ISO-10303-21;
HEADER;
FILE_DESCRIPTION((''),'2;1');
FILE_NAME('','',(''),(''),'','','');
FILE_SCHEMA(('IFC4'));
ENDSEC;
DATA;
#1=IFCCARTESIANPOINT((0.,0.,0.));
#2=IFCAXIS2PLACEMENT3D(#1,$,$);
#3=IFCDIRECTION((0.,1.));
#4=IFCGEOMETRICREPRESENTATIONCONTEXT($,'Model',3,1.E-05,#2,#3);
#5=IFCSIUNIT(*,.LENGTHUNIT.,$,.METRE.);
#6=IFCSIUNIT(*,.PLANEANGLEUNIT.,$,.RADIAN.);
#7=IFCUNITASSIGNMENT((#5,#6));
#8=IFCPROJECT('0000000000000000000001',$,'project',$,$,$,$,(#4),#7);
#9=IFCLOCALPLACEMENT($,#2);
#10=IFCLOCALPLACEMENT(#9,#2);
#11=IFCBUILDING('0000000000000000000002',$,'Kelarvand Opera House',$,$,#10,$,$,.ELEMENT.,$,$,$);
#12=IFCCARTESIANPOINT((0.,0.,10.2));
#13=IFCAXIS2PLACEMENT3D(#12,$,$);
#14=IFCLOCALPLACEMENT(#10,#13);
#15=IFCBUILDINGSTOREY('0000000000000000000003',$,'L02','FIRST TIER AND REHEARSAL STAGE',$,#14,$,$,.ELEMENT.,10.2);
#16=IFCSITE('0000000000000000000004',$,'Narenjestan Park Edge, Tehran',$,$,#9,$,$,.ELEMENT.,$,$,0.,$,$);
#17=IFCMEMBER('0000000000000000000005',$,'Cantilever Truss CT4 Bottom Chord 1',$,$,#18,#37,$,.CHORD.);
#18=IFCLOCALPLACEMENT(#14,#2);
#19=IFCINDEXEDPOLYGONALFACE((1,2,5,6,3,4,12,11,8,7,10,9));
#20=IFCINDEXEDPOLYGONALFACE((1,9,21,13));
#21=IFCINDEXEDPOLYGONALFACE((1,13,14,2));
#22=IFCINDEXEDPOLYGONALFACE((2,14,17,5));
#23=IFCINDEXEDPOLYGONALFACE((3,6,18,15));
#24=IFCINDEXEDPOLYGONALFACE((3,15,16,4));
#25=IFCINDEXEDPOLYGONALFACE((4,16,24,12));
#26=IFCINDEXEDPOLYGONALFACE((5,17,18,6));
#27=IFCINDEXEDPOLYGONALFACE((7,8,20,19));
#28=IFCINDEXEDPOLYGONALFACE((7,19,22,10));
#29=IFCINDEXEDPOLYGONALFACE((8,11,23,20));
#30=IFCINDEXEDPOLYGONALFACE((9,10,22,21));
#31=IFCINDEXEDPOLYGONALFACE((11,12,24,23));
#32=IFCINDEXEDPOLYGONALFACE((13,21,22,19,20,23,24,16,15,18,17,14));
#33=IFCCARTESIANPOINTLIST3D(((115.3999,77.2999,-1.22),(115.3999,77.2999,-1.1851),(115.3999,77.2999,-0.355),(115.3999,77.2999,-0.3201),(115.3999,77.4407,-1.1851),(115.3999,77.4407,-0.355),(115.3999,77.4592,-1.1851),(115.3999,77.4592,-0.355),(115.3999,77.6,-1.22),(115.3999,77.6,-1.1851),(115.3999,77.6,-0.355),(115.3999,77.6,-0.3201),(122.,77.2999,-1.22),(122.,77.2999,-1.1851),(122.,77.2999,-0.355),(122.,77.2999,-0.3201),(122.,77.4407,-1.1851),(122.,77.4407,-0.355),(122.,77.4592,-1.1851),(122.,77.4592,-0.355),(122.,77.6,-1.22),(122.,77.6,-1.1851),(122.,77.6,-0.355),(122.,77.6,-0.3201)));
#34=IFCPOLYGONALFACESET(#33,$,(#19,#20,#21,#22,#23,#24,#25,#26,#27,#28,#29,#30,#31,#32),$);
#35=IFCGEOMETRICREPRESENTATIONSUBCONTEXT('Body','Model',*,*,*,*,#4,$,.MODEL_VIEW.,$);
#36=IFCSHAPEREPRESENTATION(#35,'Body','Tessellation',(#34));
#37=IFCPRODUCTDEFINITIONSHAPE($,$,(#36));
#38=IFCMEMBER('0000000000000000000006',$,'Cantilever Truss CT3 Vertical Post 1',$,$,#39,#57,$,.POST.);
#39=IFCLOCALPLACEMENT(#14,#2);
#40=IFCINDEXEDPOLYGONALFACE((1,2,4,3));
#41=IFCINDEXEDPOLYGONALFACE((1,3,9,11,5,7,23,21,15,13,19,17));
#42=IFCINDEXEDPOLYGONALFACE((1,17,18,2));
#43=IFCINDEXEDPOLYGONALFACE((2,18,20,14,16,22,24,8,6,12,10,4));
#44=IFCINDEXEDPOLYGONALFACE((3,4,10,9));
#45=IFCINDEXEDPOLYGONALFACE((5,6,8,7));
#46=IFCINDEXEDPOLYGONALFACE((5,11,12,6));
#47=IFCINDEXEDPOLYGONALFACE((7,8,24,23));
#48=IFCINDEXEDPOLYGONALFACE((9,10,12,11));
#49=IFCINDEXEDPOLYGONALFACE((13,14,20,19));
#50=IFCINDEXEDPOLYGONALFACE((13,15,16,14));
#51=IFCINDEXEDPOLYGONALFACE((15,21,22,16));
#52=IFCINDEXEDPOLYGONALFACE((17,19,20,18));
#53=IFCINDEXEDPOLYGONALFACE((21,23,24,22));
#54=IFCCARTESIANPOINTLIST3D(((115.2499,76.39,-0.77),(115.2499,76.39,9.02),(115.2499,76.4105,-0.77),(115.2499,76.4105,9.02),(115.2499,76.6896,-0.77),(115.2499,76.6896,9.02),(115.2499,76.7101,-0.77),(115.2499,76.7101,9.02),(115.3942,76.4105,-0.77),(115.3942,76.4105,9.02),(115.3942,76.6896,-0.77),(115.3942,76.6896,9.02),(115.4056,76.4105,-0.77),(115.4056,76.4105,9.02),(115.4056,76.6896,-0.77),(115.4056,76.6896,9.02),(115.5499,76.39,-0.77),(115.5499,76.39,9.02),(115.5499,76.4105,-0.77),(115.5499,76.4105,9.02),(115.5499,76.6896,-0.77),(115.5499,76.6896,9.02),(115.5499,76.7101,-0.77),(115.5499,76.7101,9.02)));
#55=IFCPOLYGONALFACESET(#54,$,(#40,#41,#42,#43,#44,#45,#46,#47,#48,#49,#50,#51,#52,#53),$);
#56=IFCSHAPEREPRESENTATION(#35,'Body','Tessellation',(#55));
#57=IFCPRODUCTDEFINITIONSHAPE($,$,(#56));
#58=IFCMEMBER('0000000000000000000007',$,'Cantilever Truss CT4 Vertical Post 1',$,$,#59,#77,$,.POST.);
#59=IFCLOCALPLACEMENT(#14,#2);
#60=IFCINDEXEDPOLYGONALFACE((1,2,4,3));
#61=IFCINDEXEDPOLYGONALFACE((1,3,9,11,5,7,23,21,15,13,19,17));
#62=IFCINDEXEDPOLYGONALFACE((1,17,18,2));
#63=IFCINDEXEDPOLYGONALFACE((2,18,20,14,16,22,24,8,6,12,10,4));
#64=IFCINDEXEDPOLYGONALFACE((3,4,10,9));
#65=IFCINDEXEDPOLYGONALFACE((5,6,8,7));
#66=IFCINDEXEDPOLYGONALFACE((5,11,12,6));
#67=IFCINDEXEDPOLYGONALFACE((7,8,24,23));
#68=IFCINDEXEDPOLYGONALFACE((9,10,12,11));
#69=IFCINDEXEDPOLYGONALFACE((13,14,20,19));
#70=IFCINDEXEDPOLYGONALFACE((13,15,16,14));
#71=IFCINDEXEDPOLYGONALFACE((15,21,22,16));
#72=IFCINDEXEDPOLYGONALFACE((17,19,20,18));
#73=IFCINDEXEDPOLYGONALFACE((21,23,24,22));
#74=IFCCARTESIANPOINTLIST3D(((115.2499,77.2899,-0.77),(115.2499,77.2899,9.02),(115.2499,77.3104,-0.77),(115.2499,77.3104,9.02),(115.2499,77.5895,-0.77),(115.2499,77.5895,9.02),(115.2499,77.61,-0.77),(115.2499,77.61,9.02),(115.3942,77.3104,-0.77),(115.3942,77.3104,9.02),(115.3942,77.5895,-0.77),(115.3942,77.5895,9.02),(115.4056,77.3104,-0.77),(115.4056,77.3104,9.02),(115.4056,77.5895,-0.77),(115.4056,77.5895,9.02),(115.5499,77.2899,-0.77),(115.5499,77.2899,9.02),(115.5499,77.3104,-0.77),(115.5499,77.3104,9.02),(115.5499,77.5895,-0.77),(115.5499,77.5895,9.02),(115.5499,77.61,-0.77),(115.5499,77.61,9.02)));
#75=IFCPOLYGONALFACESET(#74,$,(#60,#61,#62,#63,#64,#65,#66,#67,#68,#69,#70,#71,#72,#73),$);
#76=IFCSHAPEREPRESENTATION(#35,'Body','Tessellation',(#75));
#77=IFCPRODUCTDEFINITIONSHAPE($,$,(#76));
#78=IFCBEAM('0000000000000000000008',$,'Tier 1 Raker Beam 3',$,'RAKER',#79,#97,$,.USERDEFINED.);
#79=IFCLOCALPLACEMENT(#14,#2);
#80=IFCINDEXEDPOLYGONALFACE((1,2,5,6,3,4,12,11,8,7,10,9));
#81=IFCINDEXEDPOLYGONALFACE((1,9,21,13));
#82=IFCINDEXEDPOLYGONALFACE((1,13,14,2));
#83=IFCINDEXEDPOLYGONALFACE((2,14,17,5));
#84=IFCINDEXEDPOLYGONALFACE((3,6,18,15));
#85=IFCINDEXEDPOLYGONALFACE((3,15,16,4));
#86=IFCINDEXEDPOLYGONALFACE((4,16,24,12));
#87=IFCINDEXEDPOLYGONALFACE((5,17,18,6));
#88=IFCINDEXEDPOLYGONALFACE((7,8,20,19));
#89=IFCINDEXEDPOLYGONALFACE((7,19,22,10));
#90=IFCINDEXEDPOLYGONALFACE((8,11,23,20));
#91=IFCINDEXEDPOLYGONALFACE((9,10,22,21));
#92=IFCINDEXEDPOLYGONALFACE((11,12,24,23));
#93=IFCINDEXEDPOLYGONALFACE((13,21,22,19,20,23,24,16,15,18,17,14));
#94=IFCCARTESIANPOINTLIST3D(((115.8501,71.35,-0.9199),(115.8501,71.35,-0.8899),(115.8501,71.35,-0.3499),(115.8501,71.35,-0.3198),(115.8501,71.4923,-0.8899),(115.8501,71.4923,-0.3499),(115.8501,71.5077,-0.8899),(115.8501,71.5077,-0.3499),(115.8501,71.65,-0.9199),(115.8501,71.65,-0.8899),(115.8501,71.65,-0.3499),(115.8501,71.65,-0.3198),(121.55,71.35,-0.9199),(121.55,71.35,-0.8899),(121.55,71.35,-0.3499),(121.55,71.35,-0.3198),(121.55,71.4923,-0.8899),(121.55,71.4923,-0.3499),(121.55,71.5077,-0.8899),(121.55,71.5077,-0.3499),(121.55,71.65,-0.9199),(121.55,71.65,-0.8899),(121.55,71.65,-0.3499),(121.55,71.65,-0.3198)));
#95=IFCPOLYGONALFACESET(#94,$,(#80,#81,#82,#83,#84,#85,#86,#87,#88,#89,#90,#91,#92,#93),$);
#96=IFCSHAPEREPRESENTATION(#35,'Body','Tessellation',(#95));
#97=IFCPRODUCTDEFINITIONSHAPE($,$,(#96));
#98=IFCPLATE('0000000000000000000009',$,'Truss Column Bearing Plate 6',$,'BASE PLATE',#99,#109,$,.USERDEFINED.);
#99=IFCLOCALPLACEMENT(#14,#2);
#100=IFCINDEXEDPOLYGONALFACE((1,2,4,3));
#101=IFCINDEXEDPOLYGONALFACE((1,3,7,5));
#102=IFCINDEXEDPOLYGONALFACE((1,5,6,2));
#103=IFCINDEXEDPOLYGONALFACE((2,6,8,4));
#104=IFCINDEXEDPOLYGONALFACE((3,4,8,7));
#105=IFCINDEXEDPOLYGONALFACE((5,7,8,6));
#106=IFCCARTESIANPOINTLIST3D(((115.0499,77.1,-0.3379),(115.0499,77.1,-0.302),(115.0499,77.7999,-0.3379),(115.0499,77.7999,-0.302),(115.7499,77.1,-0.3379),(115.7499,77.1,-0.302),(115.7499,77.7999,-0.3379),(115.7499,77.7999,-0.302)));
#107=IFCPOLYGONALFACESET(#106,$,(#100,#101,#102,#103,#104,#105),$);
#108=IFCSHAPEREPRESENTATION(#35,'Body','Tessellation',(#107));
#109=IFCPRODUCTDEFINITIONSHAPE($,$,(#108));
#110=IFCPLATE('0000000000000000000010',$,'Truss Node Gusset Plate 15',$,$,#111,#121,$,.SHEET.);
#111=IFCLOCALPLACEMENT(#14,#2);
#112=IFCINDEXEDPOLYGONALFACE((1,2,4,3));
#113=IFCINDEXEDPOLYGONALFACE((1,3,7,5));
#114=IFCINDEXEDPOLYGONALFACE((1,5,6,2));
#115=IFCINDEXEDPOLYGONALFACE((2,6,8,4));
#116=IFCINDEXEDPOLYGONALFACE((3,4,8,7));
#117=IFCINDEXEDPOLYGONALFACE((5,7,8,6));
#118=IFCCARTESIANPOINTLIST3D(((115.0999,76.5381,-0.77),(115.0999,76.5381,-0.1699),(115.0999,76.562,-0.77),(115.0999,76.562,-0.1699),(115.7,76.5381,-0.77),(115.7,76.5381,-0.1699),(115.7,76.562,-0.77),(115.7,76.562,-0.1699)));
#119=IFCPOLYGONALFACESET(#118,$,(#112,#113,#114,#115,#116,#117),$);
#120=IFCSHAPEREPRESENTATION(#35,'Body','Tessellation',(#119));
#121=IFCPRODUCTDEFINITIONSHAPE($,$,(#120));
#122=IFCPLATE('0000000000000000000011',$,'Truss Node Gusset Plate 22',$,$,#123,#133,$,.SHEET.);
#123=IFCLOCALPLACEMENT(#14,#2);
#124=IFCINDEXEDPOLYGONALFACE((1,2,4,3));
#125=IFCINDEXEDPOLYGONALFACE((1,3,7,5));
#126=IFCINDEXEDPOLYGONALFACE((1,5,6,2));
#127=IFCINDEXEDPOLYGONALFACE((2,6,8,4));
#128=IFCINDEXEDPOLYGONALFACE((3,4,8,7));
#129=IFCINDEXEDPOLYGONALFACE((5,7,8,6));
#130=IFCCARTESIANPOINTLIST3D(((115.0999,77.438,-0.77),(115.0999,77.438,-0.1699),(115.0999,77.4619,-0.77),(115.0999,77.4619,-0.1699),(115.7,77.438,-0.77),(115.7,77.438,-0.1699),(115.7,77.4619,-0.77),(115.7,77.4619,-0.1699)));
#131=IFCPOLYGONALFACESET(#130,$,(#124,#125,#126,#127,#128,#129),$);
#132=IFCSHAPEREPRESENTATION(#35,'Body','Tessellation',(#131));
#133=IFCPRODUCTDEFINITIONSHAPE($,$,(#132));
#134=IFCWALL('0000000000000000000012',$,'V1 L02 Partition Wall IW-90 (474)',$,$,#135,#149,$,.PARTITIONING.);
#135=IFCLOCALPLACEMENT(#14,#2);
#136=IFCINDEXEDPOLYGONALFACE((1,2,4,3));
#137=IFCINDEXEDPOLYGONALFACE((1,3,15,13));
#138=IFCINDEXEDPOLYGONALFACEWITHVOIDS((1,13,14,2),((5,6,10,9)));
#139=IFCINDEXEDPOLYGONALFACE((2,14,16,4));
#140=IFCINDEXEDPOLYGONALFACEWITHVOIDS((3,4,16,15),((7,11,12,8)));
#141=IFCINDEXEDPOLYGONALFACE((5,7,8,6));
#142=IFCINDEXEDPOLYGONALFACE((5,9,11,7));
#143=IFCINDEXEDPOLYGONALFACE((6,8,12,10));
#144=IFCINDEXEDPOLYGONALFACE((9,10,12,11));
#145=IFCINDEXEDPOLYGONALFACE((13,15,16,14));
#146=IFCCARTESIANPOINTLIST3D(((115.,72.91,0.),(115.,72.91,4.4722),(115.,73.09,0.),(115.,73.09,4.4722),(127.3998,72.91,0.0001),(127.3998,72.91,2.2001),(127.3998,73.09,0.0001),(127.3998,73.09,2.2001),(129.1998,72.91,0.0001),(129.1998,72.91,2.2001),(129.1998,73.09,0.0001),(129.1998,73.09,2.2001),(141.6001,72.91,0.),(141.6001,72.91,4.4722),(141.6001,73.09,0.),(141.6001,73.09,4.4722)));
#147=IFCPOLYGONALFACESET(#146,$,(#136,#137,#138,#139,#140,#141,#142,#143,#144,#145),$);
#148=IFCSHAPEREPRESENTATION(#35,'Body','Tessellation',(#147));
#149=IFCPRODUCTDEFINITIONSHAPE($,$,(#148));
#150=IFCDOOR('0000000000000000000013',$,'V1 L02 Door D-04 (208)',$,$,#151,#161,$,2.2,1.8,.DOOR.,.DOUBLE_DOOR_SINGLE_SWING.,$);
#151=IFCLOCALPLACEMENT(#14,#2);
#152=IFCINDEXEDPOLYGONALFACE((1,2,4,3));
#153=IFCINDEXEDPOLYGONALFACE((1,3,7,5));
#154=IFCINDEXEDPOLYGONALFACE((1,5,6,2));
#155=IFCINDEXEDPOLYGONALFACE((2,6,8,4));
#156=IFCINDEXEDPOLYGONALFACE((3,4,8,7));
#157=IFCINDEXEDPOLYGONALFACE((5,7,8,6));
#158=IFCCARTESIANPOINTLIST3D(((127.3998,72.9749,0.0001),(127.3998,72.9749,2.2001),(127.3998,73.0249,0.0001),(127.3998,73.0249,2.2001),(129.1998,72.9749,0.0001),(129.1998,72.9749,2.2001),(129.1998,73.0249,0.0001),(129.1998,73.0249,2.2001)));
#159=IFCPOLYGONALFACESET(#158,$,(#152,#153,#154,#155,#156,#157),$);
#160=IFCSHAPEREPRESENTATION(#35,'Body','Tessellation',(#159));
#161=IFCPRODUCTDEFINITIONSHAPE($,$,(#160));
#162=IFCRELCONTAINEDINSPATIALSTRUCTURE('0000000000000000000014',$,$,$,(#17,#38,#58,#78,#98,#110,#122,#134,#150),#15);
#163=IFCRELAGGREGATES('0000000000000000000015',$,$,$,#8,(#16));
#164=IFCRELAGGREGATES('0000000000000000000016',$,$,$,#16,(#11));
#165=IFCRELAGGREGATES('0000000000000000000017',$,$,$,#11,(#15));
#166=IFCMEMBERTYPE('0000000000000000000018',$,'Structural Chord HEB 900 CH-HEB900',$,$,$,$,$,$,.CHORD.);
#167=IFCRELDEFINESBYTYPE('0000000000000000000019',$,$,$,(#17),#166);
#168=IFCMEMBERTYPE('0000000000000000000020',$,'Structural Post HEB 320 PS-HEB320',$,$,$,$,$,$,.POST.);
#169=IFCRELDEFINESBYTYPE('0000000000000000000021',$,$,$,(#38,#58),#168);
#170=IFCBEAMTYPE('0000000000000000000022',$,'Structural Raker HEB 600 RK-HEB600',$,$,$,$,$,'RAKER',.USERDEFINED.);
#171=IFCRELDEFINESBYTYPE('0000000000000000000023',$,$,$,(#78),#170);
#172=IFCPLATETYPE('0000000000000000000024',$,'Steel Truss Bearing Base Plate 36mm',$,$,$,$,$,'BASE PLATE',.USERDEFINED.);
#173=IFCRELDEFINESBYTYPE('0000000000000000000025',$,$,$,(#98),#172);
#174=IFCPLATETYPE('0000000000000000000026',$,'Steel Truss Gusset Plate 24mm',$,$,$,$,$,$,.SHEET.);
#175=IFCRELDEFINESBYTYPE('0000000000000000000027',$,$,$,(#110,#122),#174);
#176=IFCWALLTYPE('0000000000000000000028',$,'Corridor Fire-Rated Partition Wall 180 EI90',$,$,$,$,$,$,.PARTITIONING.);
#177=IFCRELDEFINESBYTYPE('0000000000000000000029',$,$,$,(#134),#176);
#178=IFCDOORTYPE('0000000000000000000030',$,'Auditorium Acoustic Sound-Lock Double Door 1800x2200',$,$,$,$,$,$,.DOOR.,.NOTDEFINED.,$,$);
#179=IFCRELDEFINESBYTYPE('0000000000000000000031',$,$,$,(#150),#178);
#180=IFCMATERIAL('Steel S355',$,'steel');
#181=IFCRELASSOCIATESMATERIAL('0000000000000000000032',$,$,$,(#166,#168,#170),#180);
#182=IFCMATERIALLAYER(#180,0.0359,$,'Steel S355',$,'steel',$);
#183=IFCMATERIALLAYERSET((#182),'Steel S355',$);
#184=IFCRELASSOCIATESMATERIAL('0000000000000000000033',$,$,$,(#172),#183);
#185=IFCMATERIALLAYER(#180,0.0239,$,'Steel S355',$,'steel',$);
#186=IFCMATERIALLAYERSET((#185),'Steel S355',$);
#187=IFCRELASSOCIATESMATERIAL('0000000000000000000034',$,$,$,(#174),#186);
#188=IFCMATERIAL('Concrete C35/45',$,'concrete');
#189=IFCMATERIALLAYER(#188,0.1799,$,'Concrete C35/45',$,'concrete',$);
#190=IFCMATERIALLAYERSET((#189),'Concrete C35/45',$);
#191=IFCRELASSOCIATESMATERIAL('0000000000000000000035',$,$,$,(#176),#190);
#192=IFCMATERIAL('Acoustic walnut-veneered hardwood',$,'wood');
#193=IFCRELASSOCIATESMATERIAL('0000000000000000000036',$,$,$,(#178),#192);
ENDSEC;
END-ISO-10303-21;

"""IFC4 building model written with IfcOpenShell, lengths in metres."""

from ifc_helpers import new_model, si_unit, direction, frame, frame_2d, origin, origin_2d, place, context, subcontext, project, spatial, rectangle, i_section, extrude, material, layer, layer_set, material_profile, profile_set, type_object, element, fill, save


model = new_model("IFC4")

# Units and contexts
model_context = context("Model", 3, precision=1e-05, world=origin(), true_north=direction((0.0, 1.0)))
body_context = subcontext(model_context, "Body", "Model", "MODEL_VIEW")
ifc_project = project(units=[si_unit("LENGTHUNIT", "METRE"), si_unit("PLANEANGLEUNIT", "RADIAN")], contexts=[model_context])

# Site, building, storey
site_placement = place(None, origin())
site = spatial("IfcSite", under=ifc_project, at=site_placement, Name="Narenjestan Park Edge, Tehran", CompositionType="ELEMENT", RefElevation=0.0)
building_placement = place(site_placement, origin())
building = spatial("IfcBuilding", under=site, at=building_placement, Name="Kelarvand Opera House", CompositionType="ELEMENT")
storey_placement = place(building_placement, frame((0.0, 0.0, 10.2)))
storey = spatial("IfcBuildingStorey", under=building, at=storey_placement, Name="L02", Description="FIRST TIER AND REHEARSAL STAGE", CompositionType="ELEMENT", Elevation=10.2)

# Members
ifc_material_1 = material(Name="Steel S355", Category="steel")
ifc_material_profile_1 = material_profile(ifc_material_1, i_section(OverallWidth=0.3, OverallDepth=0.8999, WebThickness=0.0186, FlangeThickness=0.0349, at=origin_2d()), Name="HEB 900", Category="steel")
ifc_profile_set_1 = profile_set([ifc_material_profile_1], Name="Steel S355")
member_type_1 = type_object("IfcMemberType", Name="Structural Chord HEB 900 CH-HEB900", PredefinedType="CHORD", material=ifc_profile_set_1)
for number, where, z_axis, x_axis, name in (
    (1, (115.3999, 77.45, -0.77), (1.0, 0.0, 0.0), (0.0, 1.0, 0.0), "Cantilever Truss CT4 Bottom Chord 1"),
):
    element("IfcMember", number, at=place(storey_placement, frame(where, z_axis=z_axis, x_axis=x_axis)), inside=storey, type_object=member_type_1, Name=name, PredefinedType="CHORD", context=body_context, shape_type="SweptSolid", body=[
        extrude(i_section(OverallWidth=0.3, OverallDepth=0.8999, WebThickness=0.0186, FlangeThickness=0.0349, at=origin_2d()), origin(), (0.0, 0.0, 1.0), 6.6001),
    ])
ifc_material_profile_2 = material_profile(ifc_material_1, i_section(OverallWidth=0.3, OverallDepth=0.3201, WebThickness=0.0115, FlangeThickness=0.0205, at=origin_2d()), Name="HEB 320", Category="steel")
ifc_profile_set_2 = profile_set([ifc_material_profile_2], Name="Steel S355")
member_type_2 = type_object("IfcMemberType", Name="Structural Post HEB 320 PS-HEB320", PredefinedType="POST", material=ifc_profile_set_2)
for number, where, z_axis, x_axis, name in (
    (2, (115.3999, 76.55, -0.77), (0.0, 0.0, 1.0), (1.0, 0.0, 0.0), "Cantilever Truss CT3 Vertical Post 1"),
    (3, (115.3999, 77.45, -0.77), (0.0, 0.0, 1.0), (1.0, 0.0, 0.0), "Cantilever Truss CT4 Vertical Post 1"),
):
    element("IfcMember", number, at=place(storey_placement, frame(where, z_axis=z_axis, x_axis=x_axis)), inside=storey, type_object=member_type_2, Name=name, PredefinedType="POST", context=body_context, shape_type="SweptSolid", body=[
        extrude(i_section(OverallWidth=0.3, OverallDepth=0.3201, WebThickness=0.0115, FlangeThickness=0.0205, at=origin_2d()), origin(), (0.0, 0.0, 1.0), 9.79),
    ])

# Beam
ifc_material_profile_3 = material_profile(ifc_material_1, i_section(OverallWidth=0.3, OverallDepth=0.6001, WebThickness=0.0154, FlangeThickness=0.03, at=origin_2d()), Name="HEB 600", Category="steel")
ifc_profile_set_3 = profile_set([ifc_material_profile_3], Name="Steel S355")
beam_type_1 = type_object("IfcBeamType", Name="Structural Raker HEB 600 RK-HEB600", ElementType="RAKER", PredefinedType="USERDEFINED", material=ifc_profile_set_3)
beam_1_placement = place(storey_placement, frame((115.8501, 71.5, -0.6199), z_axis=(1.0, 0.0, 0.0), x_axis=(0.0, 1.0, 0.0)))
element("IfcBeam", 4, at=beam_1_placement, inside=storey, type_object=beam_type_1, Name="Tier 1 Raker Beam 3", ObjectType="RAKER", PredefinedType="USERDEFINED", context=body_context, shape_type="SweptSolid", body=[
    extrude(i_section(OverallWidth=0.3, OverallDepth=0.6001, WebThickness=0.0154, FlangeThickness=0.03, at=origin_2d()), origin(), (0.0, 0.0, 1.0), 5.7),
])

# Plates
ifc_layer_1 = layer(ifc_material_1, 0.0359, Name="Steel S355", Category="steel")
ifc_layer_set_1 = layer_set([ifc_layer_1], Name="Steel S355")
plate_type_1 = type_object("IfcPlateType", Name="Steel Truss Bearing Base Plate 36mm", ElementType="BASE PLATE", PredefinedType="USERDEFINED", material=ifc_layer_set_1)
plate_placement = place(storey_placement, frame((115.3999, 77.45, -0.3379), z_axis=(0.0, 0.0, 1.0), x_axis=(1.0, 0.0, 0.0)))
element("IfcPlate", 5, at=plate_placement, inside=storey, type_object=plate_type_1, Name="Truss Column Bearing Plate 6", ObjectType="BASE PLATE", PredefinedType="USERDEFINED", context=body_context, shape_type="SweptSolid", body=[
    extrude(rectangle(XDim=0.7, YDim=0.7, at=origin_2d()), origin(), (0.0, 0.0, 1.0), 0.0359),
])
ifc_layer_2 = layer(ifc_material_1, 0.0239, Name="Steel S355", Category="steel")
ifc_layer_set_2 = layer_set([ifc_layer_2], Name="Steel S355")
plate_type_2 = type_object("IfcPlateType", Name="Steel Truss Gusset Plate 24mm", PredefinedType="SHEET", material=ifc_layer_set_2)
for number, where, z_axis, x_axis, name in (
    (6, (115.3999, 76.55, -0.77), (0.0, 0.0, 1.0), (1.0, 0.0, 0.0), "Truss Node Gusset Plate 15"),
    (7, (115.3999, 77.45, -0.77), (0.0, 0.0, 1.0), (1.0, 0.0, 0.0), "Truss Node Gusset Plate 22"),
):
    element("IfcPlate", number, at=place(storey_placement, frame(where, z_axis=z_axis, x_axis=x_axis)), inside=storey, type_object=plate_type_2, Name=name, PredefinedType="SHEET", context=body_context, shape_type="SweptSolid", body=[
        extrude(rectangle(XDim=0.6001, YDim=0.0239, at=origin_2d()), origin(), (0.0, 0.0, 1.0), 0.6001),
    ])

# Wall, opening, door
ifc_material_2 = material(Name="Concrete C35/45", Category="concrete")
ifc_layer_3 = layer(ifc_material_2, 0.1799, Name="Concrete C35/45", Category="concrete")
ifc_layer_set_3 = layer_set([ifc_layer_3], Name="Concrete C35/45")
wall_type = type_object("IfcWallType", Name="Corridor Fire-Rated Partition Wall 180 EI90", PredefinedType="PARTITIONING", material=ifc_layer_set_3)
wall_placement = place(storey_placement, frame((115.0, 73.0, 0.0), z_axis=(0.0, 0.0, 1.0), x_axis=(1.0, 0.0, 0.0)))
wall = element("IfcWall", 8, at=wall_placement, inside=storey, type_object=wall_type, Name="V1 L02 Partition Wall IW-90 (474)", PredefinedType="PARTITIONING", context=body_context, shape_type="SweptSolid", body=[
    extrude(rectangle(XDim=26.6001, YDim=0.1799, at=frame_2d((13.3, 0.0))), origin(), (0.0, 0.0, 1.0), 4.4722),
])
opening_placement = place(wall_placement, frame((12.3999, 0.0, 0.0)))
opening = element("IfcOpeningElement", 9, at=opening_placement, cuts=wall, PredefinedType="OPENING", context=body_context, shape_type="SweptSolid", body=[
    extrude(rectangle(XDim=1.8, YDim=2.2, at=frame_2d((0.8999, 1.1001))), frame((0.0, 0.1001, 0.0), z_axis=(0.0, -1.0, 0.0), x_axis=(1.0, 0.0, 0.0)), (0.0, 0.0, 1.0), 0.2),
])
ifc_material_3 = material(Name="Acoustic walnut-veneered hardwood", Category="wood")
door_type = type_object("IfcDoorType", Name="Auditorium Acoustic Sound-Lock Double Door 1800x2200", OperationType="NOTDEFINED", PredefinedType="DOOR", material=ifc_material_3)
door_placement = place(opening_placement, origin())
door = element("IfcDoor", 10, at=door_placement, inside=storey, type_object=door_type, Name="V1 L02 Door D-04 (208)", OperationType="DOUBLE_DOOR_SINGLE_SWING", OverallHeight=2.2, OverallWidth=1.8, PredefinedType="DOOR", context=body_context, shape_type="SweptSolid", body=[
    extrude(rectangle(XDim=1.8, YDim=2.2, at=frame_2d((0.8999, 1.1001))), frame((0.0, 0.0249, 0.0), z_axis=(0.0, -1.0, 0.0), x_axis=(1.0, 0.0, 0.0)), (0.0, 0.0, 1.0), 0.05),
])
fill(opening, door)

save(model, "model.ifc")
